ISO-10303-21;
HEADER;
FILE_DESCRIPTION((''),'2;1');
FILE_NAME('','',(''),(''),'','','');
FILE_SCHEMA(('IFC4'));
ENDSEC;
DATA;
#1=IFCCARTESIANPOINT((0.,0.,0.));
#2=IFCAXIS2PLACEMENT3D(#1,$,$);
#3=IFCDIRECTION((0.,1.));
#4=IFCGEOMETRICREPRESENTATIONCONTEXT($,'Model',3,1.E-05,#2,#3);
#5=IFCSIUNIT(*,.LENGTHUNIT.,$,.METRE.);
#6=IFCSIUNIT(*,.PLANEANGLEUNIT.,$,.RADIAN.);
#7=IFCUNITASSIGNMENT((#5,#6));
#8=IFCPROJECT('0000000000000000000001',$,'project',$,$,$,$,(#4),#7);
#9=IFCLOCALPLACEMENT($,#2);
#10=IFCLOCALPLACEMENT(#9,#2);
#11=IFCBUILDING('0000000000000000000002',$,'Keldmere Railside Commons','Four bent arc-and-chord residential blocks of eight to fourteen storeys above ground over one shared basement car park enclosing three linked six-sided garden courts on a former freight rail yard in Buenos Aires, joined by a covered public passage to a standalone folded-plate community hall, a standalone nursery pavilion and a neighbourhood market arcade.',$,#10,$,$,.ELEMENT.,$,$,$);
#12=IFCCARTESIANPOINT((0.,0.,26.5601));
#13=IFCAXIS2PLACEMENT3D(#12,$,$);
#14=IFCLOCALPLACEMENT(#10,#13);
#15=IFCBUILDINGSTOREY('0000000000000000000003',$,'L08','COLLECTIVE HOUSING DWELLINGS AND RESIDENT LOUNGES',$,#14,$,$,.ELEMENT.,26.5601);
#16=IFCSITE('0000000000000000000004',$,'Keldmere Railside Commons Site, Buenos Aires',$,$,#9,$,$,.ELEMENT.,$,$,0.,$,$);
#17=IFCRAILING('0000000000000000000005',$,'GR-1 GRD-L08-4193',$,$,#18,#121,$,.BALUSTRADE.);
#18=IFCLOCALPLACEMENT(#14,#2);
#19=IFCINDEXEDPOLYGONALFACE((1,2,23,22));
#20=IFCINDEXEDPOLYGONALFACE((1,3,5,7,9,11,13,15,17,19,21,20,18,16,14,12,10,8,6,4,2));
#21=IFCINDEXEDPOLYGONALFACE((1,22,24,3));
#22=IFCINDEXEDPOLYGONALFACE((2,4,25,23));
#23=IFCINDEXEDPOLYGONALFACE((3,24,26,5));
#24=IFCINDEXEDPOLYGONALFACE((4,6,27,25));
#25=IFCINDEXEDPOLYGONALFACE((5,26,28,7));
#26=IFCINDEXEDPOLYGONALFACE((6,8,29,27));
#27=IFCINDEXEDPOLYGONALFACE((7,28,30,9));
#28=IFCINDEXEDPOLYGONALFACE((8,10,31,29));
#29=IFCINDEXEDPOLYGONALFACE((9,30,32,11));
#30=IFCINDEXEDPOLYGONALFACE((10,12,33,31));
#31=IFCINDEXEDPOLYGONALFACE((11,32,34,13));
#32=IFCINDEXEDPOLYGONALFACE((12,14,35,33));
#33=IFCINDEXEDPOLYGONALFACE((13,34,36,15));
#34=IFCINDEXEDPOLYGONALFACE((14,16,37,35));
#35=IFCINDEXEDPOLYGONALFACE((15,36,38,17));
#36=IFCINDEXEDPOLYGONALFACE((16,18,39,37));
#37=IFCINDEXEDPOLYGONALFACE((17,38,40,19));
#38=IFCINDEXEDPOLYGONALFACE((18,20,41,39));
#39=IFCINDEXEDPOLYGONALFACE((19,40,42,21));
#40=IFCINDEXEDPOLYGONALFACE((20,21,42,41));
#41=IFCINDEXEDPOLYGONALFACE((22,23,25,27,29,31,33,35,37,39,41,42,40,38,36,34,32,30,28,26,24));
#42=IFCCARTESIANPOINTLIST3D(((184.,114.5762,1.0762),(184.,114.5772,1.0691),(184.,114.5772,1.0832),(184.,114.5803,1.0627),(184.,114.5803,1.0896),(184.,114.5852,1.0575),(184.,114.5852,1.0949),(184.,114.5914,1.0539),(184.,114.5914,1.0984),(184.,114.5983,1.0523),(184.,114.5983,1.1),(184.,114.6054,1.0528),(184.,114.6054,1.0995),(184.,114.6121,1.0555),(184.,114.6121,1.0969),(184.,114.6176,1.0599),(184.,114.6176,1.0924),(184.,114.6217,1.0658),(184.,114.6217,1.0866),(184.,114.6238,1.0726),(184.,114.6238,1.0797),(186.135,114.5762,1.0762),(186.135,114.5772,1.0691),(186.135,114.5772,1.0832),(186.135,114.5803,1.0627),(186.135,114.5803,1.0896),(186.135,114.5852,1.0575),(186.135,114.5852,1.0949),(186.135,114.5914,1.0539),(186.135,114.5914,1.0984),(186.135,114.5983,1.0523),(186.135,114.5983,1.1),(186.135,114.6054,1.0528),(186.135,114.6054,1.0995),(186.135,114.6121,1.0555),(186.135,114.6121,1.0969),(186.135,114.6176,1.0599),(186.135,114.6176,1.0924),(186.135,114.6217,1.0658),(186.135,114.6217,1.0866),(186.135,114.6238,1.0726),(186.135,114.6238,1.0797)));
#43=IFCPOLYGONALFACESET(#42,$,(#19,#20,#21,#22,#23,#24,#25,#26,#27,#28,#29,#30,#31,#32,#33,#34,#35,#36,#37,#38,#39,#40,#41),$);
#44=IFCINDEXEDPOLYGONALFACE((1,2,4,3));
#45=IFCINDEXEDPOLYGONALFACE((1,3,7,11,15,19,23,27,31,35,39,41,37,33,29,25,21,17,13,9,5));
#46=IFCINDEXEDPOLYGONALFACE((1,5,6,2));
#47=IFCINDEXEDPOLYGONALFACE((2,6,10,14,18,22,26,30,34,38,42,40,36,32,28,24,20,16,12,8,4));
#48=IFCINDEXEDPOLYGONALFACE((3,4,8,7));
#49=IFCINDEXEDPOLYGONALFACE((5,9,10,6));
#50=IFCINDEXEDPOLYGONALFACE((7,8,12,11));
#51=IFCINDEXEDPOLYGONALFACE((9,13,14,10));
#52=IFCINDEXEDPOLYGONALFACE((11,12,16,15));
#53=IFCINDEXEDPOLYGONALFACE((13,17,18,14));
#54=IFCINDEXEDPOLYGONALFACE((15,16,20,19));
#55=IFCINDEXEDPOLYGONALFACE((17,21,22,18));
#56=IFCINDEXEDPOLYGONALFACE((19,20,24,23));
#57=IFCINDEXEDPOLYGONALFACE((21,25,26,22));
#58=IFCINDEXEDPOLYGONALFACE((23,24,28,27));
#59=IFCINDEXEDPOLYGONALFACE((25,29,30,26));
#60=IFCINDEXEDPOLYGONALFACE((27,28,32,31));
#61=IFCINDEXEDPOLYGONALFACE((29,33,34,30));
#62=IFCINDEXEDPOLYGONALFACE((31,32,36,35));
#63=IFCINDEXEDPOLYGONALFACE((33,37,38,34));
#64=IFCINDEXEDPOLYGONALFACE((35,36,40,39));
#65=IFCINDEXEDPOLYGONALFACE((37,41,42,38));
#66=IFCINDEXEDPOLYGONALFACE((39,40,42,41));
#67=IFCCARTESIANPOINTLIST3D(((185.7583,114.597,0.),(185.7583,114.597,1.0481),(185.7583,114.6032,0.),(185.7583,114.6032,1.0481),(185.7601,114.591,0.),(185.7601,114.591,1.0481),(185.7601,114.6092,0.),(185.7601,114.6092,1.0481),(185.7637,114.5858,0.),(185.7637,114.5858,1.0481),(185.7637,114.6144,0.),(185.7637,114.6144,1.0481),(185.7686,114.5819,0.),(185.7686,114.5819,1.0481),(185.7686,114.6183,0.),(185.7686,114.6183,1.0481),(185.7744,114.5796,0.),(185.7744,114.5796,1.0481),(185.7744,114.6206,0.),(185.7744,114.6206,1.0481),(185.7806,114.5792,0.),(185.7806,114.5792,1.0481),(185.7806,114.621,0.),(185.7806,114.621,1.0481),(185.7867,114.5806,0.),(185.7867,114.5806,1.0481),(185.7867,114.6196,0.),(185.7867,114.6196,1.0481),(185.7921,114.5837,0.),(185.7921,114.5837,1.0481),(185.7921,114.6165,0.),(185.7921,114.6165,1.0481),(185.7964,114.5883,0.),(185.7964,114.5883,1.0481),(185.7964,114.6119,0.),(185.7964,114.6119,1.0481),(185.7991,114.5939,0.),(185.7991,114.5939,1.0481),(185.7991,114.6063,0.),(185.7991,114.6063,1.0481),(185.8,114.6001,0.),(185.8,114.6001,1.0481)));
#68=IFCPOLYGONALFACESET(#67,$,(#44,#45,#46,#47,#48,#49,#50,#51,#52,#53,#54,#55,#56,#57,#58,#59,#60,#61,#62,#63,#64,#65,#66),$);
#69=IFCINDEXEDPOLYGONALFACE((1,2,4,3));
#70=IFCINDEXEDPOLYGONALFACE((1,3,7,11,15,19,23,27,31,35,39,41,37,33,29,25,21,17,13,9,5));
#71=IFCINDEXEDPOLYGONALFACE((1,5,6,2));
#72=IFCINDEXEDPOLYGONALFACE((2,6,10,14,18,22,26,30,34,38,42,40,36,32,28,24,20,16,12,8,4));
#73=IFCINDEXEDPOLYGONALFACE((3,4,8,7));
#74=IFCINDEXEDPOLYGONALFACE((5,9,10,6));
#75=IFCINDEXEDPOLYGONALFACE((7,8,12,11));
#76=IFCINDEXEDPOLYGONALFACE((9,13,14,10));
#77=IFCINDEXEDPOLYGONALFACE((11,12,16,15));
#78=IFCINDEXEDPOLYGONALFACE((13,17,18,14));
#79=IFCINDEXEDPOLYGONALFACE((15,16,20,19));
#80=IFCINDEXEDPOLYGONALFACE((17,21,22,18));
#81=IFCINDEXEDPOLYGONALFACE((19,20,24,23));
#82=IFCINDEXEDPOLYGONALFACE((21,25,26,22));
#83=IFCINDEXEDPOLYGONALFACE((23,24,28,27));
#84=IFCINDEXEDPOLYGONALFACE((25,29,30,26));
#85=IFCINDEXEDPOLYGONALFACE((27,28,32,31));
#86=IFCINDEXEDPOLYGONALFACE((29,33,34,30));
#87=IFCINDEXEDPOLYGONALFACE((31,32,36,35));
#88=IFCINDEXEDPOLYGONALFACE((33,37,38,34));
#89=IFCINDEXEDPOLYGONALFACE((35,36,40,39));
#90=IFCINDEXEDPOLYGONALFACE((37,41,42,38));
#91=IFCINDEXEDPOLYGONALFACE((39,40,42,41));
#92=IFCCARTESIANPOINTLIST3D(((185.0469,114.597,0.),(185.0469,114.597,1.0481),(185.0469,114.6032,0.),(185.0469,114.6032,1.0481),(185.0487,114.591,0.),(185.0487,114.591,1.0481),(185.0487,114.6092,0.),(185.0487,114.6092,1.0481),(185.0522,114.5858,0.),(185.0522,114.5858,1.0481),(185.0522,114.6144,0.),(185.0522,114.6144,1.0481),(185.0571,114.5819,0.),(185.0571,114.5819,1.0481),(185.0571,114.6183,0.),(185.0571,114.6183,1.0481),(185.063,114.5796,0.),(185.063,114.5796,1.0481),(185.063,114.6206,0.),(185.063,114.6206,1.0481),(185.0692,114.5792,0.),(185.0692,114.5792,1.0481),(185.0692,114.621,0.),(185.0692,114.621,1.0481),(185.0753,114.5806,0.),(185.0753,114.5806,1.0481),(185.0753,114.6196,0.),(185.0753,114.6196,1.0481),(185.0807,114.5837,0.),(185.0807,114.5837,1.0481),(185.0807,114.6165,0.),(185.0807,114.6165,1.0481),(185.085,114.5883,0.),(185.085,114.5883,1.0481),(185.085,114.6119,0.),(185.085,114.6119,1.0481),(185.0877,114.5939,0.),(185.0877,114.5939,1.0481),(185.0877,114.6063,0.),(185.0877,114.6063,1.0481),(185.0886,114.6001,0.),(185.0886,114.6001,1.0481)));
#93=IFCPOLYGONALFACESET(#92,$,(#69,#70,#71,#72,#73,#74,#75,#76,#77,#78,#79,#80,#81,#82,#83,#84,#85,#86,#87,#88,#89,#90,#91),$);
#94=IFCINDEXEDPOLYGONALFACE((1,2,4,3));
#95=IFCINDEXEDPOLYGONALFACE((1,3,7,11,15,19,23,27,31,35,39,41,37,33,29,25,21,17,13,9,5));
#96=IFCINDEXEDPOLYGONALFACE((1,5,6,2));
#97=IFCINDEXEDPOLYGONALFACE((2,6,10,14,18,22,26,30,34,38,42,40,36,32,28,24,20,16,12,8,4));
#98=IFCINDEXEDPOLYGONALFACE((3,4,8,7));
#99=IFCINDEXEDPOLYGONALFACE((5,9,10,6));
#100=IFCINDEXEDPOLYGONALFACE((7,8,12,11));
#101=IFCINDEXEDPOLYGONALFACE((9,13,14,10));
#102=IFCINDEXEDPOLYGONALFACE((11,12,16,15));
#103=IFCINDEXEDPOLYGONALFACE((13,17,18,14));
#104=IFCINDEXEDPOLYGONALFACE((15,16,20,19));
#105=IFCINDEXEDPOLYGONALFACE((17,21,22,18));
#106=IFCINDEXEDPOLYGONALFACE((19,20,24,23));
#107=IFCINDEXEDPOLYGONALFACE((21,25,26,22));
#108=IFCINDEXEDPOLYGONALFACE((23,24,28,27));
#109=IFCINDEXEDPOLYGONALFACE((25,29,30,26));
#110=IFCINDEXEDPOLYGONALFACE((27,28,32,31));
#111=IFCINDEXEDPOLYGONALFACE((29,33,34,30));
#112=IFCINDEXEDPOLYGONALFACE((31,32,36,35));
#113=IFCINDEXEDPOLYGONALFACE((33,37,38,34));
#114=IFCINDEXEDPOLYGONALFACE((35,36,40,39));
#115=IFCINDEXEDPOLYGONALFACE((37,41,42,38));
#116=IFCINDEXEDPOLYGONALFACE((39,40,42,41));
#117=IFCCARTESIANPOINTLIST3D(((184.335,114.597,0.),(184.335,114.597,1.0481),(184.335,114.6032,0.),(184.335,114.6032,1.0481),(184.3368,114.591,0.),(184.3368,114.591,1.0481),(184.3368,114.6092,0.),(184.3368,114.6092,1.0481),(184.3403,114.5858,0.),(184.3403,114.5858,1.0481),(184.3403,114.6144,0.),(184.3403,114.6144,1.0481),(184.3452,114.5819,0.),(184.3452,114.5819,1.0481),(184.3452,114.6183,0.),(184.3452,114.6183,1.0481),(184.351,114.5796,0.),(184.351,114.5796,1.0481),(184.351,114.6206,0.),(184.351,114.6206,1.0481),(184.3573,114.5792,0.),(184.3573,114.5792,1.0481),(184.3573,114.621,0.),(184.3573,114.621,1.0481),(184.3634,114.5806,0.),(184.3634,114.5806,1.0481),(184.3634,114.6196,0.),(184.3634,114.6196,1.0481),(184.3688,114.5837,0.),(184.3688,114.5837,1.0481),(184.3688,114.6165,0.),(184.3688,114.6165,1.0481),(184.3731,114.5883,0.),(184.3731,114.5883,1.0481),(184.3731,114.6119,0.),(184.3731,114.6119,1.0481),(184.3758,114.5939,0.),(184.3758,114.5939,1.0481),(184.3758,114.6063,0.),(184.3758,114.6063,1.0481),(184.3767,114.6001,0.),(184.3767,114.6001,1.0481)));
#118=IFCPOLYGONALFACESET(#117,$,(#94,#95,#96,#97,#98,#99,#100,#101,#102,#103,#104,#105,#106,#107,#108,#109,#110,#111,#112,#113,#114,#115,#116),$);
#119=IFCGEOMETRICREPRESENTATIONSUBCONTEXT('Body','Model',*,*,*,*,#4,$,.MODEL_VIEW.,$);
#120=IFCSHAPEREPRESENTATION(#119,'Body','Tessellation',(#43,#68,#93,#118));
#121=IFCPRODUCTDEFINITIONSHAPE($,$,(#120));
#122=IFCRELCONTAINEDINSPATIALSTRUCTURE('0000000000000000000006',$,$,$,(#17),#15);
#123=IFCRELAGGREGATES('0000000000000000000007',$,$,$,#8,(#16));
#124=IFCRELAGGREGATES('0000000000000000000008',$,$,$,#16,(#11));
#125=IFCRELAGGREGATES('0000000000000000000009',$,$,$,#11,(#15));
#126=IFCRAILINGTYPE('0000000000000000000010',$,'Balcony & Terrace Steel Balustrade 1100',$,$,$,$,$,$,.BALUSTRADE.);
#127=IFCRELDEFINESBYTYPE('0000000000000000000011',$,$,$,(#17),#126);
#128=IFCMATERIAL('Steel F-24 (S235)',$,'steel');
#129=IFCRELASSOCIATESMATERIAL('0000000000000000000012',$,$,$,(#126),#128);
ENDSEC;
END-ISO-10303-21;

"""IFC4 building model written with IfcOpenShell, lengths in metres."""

from ifc_helpers import new_model, si_unit, direction, frame, origin, origin_2d, place, context, subcontext, project, spatial, circle, extrude, material, type_object, element, save


model = new_model("IFC4")

# Units and contexts
model_context = context("Model", 3, precision=1e-05, world=origin(), true_north=direction((0.0, 1.0)))
body_context = subcontext(model_context, "Body", "Model", "MODEL_VIEW")
ifc_project = project(units=[si_unit("LENGTHUNIT", "METRE"), si_unit("PLANEANGLEUNIT", "RADIAN")], contexts=[model_context])

# Site, building, storey
site_placement = place(None, origin())
site = spatial("IfcSite", under=ifc_project, at=site_placement, Name="Keldmere Railside Commons Site, Buenos Aires", CompositionType="ELEMENT", RefElevation=0.0)
building_placement = place(site_placement, origin())
building = spatial("IfcBuilding", under=site, at=building_placement, Name="Keldmere Railside Commons", Description="Four bent arc-and-chord residential blocks of eight to fourteen storeys above ground over one shared basement car park enclosing three linked six-sided garden courts on a former freight rail yard in Buenos Aires, joined by a covered public passage to a standalone folded-plate community hall, a standalone nursery pavilion and a neighbourhood market arcade.", CompositionType="ELEMENT")
storey_placement = place(building_placement, frame((0.0, 0.0, 26.5601)))
storey = spatial("IfcBuildingStorey", under=building, at=storey_placement, Name="L08", Description="COLLECTIVE HOUSING DWELLINGS AND RESIDENT LOUNGES", CompositionType="ELEMENT", Elevation=26.5601)

# Railing
ifc_material_1 = material(Name="Steel F-24 (S235)", Category="steel")
railing_type = type_object("IfcRailingType", Name="Balcony & Terrace Steel Balustrade 1100", PredefinedType="BALUSTRADE", material=ifc_material_1)
railing_1_placement = place(storey_placement, frame((186.135, 114.6001, 0.0)))
element("IfcRailing", 1, at=railing_1_placement, inside=storey, type_object=railing_type, Name="GR-1 GRD-L08-4193", PredefinedType="BALUSTRADE", context=body_context, shape_type="SweptSolid", body=[
    extrude(circle(Radius=0.0239, at=origin_2d()), frame((0.0, 0.0, 1.0762), z_axis=(-1.0, 0.0, 0.0), x_axis=(0.0, -1.0, 0.0)), (0.0, 0.0, 1.0), 2.135),
    extrude(circle(Radius=0.021, at=origin_2d()), frame((-0.356, 0.0, 0.0)), (0.0, 0.0, 1.0), 1.0481),
    extrude(circle(Radius=0.021, at=origin_2d()), frame((-1.0674, 0.0, 0.0)), (0.0, 0.0, 1.0), 1.0481),
    extrude(circle(Radius=0.021, at=origin_2d()), frame((-1.7793, 0.0, 0.0)), (0.0, 0.0, 1.0), 1.0481),
])

save(model, "model.ifc")
